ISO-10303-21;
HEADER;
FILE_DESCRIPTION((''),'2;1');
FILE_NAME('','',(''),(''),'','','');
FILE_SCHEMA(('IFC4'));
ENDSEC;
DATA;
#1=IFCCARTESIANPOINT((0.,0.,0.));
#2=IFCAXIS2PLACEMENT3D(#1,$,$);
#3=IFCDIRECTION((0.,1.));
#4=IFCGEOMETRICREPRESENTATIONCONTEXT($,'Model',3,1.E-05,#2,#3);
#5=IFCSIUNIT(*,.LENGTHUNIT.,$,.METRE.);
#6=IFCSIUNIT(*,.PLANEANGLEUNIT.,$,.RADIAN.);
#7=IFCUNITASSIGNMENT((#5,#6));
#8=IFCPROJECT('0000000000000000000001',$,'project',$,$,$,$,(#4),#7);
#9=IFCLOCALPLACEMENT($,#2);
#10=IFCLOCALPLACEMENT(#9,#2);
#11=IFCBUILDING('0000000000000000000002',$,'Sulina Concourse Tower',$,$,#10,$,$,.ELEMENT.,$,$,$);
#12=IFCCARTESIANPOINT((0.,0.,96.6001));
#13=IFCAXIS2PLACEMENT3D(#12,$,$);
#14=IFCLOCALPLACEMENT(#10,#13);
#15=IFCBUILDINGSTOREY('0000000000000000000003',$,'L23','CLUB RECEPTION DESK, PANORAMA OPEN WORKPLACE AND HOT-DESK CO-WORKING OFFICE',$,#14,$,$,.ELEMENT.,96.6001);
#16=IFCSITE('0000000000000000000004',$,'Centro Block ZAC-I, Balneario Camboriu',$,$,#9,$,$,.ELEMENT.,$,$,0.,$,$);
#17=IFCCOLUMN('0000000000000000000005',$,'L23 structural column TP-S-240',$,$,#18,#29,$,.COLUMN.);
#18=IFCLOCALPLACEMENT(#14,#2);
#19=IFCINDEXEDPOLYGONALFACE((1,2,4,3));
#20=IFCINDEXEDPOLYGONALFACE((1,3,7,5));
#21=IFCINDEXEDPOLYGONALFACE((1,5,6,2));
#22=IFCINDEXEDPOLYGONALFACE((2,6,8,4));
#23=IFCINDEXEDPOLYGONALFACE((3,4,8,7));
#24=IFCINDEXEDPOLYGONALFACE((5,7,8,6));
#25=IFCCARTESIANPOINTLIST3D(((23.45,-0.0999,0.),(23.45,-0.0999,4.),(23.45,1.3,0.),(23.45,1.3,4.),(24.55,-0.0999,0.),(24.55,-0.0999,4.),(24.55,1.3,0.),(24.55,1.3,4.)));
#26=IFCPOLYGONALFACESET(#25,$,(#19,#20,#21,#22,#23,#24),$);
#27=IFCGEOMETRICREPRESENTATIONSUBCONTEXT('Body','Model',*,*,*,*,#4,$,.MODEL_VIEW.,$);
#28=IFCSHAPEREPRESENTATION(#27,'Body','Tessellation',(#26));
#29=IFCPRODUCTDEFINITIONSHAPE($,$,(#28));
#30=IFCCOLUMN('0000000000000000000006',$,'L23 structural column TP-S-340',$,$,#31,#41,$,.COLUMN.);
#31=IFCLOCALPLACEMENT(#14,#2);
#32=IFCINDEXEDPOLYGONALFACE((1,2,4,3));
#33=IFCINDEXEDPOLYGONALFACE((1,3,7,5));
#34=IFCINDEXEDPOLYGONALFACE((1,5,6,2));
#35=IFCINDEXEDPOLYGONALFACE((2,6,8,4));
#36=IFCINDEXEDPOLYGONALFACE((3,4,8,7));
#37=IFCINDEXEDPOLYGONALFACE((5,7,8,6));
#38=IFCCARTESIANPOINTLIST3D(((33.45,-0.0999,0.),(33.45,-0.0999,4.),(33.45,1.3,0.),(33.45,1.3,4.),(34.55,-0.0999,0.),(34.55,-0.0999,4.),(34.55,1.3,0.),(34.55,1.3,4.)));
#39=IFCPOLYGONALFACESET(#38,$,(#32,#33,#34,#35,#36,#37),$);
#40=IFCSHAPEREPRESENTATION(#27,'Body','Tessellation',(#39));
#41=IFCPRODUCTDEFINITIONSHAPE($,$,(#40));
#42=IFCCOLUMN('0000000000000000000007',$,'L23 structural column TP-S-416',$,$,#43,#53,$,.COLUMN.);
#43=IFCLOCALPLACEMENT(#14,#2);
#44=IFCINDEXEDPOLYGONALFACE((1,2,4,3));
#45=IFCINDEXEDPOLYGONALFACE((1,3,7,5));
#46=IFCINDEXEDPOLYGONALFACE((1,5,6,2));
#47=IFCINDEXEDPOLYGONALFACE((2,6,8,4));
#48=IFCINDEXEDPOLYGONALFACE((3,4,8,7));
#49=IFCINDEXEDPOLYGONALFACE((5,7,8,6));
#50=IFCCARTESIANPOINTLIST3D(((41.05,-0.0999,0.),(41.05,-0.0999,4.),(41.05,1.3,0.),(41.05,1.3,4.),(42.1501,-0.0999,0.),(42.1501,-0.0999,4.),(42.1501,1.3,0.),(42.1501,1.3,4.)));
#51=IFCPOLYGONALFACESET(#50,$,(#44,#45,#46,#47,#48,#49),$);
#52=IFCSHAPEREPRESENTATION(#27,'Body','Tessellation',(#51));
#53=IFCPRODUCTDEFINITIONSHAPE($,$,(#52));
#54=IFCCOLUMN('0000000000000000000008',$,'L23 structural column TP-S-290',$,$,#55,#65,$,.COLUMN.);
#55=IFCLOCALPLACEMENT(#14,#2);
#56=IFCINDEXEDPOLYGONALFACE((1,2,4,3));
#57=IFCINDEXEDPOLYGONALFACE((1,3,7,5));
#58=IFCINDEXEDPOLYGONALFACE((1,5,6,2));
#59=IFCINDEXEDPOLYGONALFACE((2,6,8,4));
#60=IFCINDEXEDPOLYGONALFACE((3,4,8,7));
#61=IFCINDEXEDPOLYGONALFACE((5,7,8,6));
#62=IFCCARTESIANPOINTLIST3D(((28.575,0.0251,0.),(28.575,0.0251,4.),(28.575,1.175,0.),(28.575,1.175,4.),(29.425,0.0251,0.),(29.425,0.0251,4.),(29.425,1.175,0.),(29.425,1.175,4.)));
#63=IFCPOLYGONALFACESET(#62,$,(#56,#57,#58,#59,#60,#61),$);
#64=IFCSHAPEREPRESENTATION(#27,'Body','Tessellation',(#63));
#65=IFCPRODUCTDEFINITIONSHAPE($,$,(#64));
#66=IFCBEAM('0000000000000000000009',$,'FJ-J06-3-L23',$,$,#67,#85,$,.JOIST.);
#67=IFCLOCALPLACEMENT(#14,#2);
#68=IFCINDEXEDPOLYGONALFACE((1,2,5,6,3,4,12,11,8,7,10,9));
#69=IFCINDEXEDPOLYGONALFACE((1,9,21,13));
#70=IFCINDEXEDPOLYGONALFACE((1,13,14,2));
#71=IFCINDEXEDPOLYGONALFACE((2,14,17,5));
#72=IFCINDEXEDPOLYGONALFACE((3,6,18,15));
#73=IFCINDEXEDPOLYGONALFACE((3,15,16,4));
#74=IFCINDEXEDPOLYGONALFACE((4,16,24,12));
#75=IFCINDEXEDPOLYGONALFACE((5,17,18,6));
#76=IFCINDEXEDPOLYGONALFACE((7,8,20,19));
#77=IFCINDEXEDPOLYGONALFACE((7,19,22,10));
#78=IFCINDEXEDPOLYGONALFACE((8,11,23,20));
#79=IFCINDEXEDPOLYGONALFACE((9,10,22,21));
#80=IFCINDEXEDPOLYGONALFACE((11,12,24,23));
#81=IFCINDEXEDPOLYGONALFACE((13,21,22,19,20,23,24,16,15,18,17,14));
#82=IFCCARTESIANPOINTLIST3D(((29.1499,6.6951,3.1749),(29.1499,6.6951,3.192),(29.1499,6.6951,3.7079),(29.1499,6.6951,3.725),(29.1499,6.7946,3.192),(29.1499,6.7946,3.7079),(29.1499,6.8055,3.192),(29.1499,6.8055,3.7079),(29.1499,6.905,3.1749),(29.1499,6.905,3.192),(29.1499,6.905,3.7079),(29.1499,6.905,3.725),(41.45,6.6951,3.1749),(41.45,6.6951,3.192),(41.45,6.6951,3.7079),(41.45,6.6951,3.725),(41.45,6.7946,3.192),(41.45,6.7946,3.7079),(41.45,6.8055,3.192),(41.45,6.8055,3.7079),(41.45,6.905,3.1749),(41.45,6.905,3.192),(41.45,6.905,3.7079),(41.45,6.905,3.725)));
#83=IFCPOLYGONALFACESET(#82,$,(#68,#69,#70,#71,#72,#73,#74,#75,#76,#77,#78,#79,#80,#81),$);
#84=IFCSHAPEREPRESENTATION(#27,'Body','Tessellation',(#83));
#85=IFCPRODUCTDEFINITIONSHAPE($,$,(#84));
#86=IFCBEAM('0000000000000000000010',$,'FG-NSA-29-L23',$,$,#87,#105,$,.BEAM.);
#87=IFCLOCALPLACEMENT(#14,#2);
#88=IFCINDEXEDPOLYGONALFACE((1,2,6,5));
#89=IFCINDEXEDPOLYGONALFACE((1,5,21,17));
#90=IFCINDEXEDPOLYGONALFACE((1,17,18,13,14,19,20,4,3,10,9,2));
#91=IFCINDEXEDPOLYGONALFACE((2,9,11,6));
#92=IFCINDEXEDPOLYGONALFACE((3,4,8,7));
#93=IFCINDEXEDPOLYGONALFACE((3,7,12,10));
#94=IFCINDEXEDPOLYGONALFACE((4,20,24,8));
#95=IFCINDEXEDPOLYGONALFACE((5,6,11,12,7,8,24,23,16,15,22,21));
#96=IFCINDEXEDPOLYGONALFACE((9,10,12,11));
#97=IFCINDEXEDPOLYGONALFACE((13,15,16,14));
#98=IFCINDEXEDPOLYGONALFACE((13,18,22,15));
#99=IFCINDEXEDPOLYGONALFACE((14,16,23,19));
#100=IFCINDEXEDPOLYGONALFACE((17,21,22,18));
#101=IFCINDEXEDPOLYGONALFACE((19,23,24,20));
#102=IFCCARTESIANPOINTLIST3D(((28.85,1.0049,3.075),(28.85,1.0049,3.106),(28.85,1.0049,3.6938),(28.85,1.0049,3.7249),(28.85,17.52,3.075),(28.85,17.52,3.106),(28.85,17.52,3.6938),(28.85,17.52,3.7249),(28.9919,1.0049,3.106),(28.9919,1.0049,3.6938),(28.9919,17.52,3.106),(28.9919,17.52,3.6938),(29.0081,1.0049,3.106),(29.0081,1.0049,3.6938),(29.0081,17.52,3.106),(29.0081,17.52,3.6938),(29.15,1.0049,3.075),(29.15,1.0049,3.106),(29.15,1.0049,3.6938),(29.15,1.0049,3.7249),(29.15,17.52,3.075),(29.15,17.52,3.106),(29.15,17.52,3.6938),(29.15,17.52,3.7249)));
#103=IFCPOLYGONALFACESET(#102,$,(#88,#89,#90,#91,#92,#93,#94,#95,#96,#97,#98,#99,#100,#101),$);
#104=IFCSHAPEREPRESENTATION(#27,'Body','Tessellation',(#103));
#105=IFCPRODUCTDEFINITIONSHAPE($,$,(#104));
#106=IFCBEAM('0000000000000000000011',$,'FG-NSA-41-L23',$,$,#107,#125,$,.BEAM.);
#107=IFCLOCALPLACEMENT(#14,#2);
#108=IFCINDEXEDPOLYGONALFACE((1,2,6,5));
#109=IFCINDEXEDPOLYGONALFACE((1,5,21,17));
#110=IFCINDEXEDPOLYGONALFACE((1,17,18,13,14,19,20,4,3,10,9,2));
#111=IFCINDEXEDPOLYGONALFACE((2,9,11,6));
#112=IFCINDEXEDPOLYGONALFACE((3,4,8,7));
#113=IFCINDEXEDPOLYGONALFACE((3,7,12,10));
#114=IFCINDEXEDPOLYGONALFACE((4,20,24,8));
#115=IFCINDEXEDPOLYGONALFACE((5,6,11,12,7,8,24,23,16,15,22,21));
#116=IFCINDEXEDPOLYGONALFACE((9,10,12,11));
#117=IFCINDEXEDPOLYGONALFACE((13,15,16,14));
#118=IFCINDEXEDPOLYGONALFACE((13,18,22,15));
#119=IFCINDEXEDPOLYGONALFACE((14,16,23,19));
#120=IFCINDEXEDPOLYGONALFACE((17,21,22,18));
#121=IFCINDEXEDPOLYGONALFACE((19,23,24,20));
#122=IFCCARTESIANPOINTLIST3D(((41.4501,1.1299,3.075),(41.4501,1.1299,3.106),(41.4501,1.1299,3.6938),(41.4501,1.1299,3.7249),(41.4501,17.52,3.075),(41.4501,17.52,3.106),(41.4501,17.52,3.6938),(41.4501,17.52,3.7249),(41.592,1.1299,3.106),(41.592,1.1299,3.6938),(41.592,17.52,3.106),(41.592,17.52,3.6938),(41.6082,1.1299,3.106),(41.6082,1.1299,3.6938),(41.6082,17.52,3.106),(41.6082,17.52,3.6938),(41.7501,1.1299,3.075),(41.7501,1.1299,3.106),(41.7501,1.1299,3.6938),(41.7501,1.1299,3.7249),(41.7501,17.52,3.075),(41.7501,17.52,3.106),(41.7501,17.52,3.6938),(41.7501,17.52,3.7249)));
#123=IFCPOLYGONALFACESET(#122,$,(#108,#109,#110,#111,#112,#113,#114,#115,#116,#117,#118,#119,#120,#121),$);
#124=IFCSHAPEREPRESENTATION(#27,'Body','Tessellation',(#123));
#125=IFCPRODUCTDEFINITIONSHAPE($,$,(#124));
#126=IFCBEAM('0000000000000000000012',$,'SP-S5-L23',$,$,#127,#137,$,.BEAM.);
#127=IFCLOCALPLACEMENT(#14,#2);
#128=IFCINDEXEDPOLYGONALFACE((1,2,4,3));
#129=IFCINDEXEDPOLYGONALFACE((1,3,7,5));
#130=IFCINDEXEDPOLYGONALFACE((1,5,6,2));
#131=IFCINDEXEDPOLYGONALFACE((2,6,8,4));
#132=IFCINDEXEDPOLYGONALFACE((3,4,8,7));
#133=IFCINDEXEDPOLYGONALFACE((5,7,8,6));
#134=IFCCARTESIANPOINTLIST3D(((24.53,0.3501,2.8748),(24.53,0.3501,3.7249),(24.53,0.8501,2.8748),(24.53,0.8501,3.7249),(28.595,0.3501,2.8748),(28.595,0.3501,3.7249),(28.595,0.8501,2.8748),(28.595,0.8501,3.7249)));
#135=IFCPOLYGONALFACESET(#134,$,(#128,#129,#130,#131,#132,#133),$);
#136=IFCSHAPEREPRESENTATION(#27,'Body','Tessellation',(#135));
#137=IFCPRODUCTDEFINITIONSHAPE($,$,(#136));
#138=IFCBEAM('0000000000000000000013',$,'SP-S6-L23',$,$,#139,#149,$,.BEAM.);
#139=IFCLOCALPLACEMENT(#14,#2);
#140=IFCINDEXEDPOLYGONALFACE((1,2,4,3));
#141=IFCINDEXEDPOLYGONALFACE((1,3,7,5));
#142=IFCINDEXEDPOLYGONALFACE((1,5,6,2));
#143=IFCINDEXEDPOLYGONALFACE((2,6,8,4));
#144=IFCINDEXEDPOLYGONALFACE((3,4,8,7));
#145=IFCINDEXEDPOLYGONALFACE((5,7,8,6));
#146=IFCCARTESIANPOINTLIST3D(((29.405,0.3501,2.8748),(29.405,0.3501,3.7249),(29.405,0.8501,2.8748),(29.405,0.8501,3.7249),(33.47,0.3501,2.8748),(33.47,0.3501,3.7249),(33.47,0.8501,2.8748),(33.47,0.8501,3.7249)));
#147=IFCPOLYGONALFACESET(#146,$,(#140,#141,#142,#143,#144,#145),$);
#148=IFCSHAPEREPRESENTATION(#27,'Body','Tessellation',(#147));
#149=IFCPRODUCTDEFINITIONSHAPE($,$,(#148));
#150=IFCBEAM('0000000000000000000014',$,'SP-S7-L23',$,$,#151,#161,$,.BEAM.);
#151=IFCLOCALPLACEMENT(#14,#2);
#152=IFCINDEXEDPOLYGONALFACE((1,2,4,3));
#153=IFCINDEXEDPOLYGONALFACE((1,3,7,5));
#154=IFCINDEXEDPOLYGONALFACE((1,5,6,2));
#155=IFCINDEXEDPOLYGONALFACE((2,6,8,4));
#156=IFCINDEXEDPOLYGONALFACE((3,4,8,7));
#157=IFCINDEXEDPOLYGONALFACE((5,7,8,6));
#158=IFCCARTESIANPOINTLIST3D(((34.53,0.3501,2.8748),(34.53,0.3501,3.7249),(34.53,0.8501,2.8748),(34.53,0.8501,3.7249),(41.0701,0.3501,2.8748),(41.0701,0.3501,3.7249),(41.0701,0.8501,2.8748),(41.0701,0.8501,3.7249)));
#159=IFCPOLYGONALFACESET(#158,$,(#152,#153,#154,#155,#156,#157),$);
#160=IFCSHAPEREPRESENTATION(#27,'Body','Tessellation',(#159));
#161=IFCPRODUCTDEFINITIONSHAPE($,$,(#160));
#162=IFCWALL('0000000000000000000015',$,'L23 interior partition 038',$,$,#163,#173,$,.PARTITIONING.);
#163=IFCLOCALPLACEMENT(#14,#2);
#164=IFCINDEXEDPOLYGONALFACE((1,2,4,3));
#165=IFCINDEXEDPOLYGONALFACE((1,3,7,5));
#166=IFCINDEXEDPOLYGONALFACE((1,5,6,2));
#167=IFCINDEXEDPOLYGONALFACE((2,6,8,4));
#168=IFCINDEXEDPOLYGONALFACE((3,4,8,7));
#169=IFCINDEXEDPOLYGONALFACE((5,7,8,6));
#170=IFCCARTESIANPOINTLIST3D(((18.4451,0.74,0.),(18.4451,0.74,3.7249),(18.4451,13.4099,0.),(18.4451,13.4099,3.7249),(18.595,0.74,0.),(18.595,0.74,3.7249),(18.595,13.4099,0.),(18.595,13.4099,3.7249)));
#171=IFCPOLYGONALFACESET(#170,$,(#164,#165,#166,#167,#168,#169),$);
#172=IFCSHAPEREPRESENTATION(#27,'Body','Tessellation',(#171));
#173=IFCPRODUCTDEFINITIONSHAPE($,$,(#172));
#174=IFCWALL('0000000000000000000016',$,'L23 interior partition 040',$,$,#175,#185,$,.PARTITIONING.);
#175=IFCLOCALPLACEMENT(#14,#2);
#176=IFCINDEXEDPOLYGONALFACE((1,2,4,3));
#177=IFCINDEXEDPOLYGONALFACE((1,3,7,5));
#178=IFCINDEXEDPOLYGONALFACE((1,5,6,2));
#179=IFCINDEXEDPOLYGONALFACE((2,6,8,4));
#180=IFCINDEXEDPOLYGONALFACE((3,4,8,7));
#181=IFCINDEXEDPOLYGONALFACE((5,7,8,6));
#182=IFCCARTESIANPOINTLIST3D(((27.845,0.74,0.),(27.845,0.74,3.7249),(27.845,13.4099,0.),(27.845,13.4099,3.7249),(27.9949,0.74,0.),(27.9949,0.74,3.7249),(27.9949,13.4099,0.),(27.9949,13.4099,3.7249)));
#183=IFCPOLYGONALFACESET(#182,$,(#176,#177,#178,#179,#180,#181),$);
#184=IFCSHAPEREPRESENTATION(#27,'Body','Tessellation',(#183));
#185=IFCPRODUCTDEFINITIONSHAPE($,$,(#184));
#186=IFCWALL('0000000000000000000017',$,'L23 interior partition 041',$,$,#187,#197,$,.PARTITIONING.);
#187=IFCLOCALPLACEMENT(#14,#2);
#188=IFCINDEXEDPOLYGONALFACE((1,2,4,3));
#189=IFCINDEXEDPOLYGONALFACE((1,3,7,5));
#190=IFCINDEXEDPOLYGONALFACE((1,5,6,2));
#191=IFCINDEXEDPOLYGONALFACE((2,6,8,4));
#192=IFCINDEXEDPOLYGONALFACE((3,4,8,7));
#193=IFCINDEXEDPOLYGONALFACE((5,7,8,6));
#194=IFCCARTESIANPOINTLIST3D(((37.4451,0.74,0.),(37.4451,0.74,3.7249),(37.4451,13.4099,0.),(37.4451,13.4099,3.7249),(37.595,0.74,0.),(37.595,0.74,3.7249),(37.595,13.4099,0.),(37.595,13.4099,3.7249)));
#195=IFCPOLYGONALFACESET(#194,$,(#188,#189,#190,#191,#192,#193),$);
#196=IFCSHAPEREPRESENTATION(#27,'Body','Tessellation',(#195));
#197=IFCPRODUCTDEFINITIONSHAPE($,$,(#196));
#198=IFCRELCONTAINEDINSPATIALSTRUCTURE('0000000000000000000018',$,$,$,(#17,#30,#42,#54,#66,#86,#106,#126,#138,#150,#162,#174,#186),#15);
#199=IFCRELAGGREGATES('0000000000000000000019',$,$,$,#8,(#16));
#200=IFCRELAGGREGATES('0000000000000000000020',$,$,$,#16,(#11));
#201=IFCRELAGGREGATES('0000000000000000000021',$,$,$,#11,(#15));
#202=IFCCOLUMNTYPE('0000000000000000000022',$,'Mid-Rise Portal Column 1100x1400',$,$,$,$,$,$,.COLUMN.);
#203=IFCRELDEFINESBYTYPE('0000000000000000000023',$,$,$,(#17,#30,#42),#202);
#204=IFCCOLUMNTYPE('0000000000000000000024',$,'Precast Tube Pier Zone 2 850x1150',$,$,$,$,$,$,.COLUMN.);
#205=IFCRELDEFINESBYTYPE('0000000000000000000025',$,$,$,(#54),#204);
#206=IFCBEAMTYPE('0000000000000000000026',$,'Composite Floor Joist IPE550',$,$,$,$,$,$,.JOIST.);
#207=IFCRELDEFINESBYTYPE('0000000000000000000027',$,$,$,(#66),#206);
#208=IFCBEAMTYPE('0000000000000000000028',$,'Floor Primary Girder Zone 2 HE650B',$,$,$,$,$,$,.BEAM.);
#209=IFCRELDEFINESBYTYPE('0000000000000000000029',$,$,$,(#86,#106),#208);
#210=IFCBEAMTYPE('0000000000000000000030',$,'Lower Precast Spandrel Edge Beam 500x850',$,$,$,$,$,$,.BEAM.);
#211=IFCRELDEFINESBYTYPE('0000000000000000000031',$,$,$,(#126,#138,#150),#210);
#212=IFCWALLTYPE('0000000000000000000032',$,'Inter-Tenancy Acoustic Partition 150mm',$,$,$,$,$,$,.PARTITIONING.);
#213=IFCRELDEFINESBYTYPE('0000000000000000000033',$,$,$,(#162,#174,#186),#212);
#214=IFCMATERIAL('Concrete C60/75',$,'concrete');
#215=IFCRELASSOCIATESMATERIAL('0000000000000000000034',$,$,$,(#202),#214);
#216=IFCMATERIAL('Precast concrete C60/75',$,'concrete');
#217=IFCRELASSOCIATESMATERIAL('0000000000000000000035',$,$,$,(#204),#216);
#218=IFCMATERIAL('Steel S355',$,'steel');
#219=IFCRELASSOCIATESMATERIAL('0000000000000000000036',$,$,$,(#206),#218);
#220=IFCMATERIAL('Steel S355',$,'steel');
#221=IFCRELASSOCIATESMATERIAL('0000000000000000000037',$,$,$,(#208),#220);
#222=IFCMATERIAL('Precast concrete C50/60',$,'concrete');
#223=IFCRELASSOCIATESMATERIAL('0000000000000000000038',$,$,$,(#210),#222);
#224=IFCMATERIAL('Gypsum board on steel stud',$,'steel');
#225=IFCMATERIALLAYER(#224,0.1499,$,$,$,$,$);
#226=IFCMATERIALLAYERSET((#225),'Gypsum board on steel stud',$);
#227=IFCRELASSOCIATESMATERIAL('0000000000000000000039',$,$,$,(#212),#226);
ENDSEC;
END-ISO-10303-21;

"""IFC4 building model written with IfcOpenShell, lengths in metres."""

from ifc_helpers import new_model, si_unit, direction, frame, frame_2d, origin, origin_2d, place, context, subcontext, project, spatial, rectangle, i_section, extrude, material, layer, layer_set, material_profile, profile_set, type_object, element, save


model = new_model("IFC4")

# Units and contexts
model_context = context("Model", 3, precision=1e-05, world=origin(), true_north=direction((0.0, 1.0)))
body_context = subcontext(model_context, "Body", "Model", "MODEL_VIEW")
ifc_project = project(units=[si_unit("LENGTHUNIT", "METRE"), si_unit("PLANEANGLEUNIT", "RADIAN")], contexts=[model_context])

# Site, building, storey
site_placement = place(None, origin())
site = spatial("IfcSite", under=ifc_project, at=site_placement, Name="Centro Block ZAC-I, Balneario Camboriu", CompositionType="ELEMENT", RefElevation=0.0)
building_placement = place(site_placement, origin())
building = spatial("IfcBuilding", under=site, at=building_placement, Name="Sulina Concourse Tower", CompositionType="ELEMENT")
storey_placement = place(building_placement, frame((0.0, 0.0, 96.6001)))
storey = spatial("IfcBuildingStorey", under=building, at=storey_placement, Name="L23", Description="CLUB RECEPTION DESK, PANORAMA OPEN WORKPLACE AND HOT-DESK CO-WORKING OFFICE", CompositionType="ELEMENT", Elevation=96.6001)

# Columns
ifc_material_1 = material(Name="Concrete C60/75", Category="concrete")
ifc_material_profile_1 = material_profile(ifc_material_1, rectangle(XDim=1.1001, YDim=1.3999, at=origin_2d()), Name="RC 1100x1400")
ifc_profile_set_1 = profile_set([ifc_material_profile_1], Name="Concrete C60/75")
column_type_1 = type_object("IfcColumnType", Name="Mid-Rise Portal Column 1100x1400", PredefinedType="COLUMN", material=ifc_profile_set_1)
for number, where, z_axis, x_axis, name in (
    (1, (24.0, 0.6001, 0.0), (0.0, 0.0, 1.0), (1.0, 0.0, 0.0), "L23 structural column TP-S-240"),
    (2, (34.0, 0.6001, 0.0), (0.0, 0.0, 1.0), (1.0, 0.0, 0.0), "L23 structural column TP-S-340"),
    (3, (41.6001, 0.6001, 0.0), (0.0, 0.0, 1.0), (1.0, 0.0, 0.0), "L23 structural column TP-S-416"),
):
    element("IfcColumn", number, at=place(storey_placement, frame(where, z_axis=z_axis, x_axis=x_axis)), inside=storey, type_object=column_type_1, Name=name, PredefinedType="COLUMN", context=body_context, shape_type="SweptSolid", body=[
        extrude(rectangle(XDim=1.1001, YDim=1.3999, at=origin_2d()), origin(), (0.0, 0.0, 1.0), 4.0),
    ])
ifc_material_2 = material(Name="Precast concrete C60/75", Category="concrete")
ifc_material_profile_2 = material_profile(ifc_material_2, rectangle(XDim=0.8501, YDim=1.1499, at=origin_2d()), Name="PC 850x1150")
ifc_profile_set_2 = profile_set([ifc_material_profile_2], Name="Precast concrete C60/75")
column_type_2 = type_object("IfcColumnType", Name="Precast Tube Pier Zone 2 850x1150", PredefinedType="COLUMN", material=ifc_profile_set_2)
column_placement = place(storey_placement, frame((29.0, 0.6001, 0.0), z_axis=(0.0, 0.0, 1.0), x_axis=(1.0, 0.0, 0.0)))
element("IfcColumn", 4, at=column_placement, inside=storey, type_object=column_type_2, Name="L23 structural column TP-S-290", PredefinedType="COLUMN", context=body_context, shape_type="SweptSolid", body=[
    extrude(rectangle(XDim=0.8501, YDim=1.1499, at=origin_2d()), origin(), (0.0, 0.0, 1.0), 4.0),
])

# Beams
ifc_material_3 = material(Name="Steel S355", Category="steel")
ifc_material_profile_3 = material_profile(ifc_material_3, i_section(OverallWidth=0.21, OverallDepth=0.55, WebThickness=0.011, FlangeThickness=0.0171, at=origin_2d()), Name="IPE 550")
ifc_profile_set_3 = profile_set([ifc_material_profile_3], Name="Steel S355")
beam_type_1 = type_object("IfcBeamType", Name="Composite Floor Joist IPE550", PredefinedType="JOIST", material=ifc_profile_set_3)
beam_1_placement = place(storey_placement, frame((29.1499, 6.8, 3.45), z_axis=(1.0, 0.0, 0.0), x_axis=(0.0, 1.0, 0.0)))
element("IfcBeam", 5, at=beam_1_placement, inside=storey, type_object=beam_type_1, Name="FJ-J06-3-L23", PredefinedType="JOIST", context=body_context, shape_type="SweptSolid", body=[
    extrude(i_section(OverallWidth=0.21, OverallDepth=0.55, WebThickness=0.011, FlangeThickness=0.0171, at=origin_2d()), origin(), (0.0, 0.0, 1.0), 12.3),
])
ifc_material_4 = material(Name="Steel S355", Category="steel")
ifc_material_profile_4 = material_profile(ifc_material_4, i_section(OverallWidth=0.3, OverallDepth=0.6499, WebThickness=0.0161, FlangeThickness=0.031, at=origin_2d()), Name="HE 650 B")
ifc_profile_set_4 = profile_set([ifc_material_profile_4], Name="Steel S355")
beam_type_2 = type_object("IfcBeamType", Name="Floor Primary Girder Zone 2 HE650B", PredefinedType="BEAM", material=ifc_profile_set_4)
beam_2_placement = place(storey_placement, frame((29.0, 1.0049, 3.3999), z_axis=(0.0, 1.0, 0.0), x_axis=(-1.0, 0.0, 0.0)))
element("IfcBeam", 6, at=beam_2_placement, inside=storey, type_object=beam_type_2, Name="FG-NSA-29-L23", PredefinedType="BEAM", context=body_context, shape_type="SweptSolid", body=[
    extrude(i_section(OverallWidth=0.3, OverallDepth=0.6499, WebThickness=0.0161, FlangeThickness=0.031, at=origin_2d()), origin(), (0.0, 0.0, 1.0), 16.5151),
])
beam_3_placement = place(storey_placement, frame((41.6001, 1.1299, 3.3999), z_axis=(0.0, 1.0, 0.0), x_axis=(-1.0, 0.0, 0.0)))
element("IfcBeam", 7, at=beam_3_placement, inside=storey, type_object=beam_type_2, Name="FG-NSA-41-L23", PredefinedType="BEAM", context=body_context, shape_type="SweptSolid", body=[
    extrude(i_section(OverallWidth=0.3, OverallDepth=0.6499, WebThickness=0.0161, FlangeThickness=0.031, at=origin_2d()), origin(), (0.0, 0.0, 1.0), 16.3901),
])
ifc_material_5 = material(Name="Precast concrete C50/60", Category="concrete")
ifc_material_profile_5 = material_profile(ifc_material_5, rectangle(XDim=0.5, YDim=0.8501, at=origin_2d()), Name="RC 500x850")
ifc_profile_set_5 = profile_set([ifc_material_profile_5], Name="Precast concrete C50/60")
beam_type_3 = type_object("IfcBeamType", Name="Lower Precast Spandrel Edge Beam 500x850", PredefinedType="BEAM", material=ifc_profile_set_5)
for number, where, z_axis, x_axis, name in (
    (8, (24.53, 0.6001, 3.2998), (1.0, 0.0, 0.0), (0.0, 1.0, 0.0), "SP-S5-L23"),
    (9, (29.405, 0.6001, 3.2998), (1.0, 0.0, 0.0), (0.0, 1.0, 0.0), "SP-S6-L23"),
):
    element("IfcBeam", number, at=place(storey_placement, frame(where, z_axis=z_axis, x_axis=x_axis)), inside=storey, type_object=beam_type_3, Name=name, PredefinedType="BEAM", context=body_context, shape_type="SweptSolid", body=[
        extrude(rectangle(XDim=0.5, YDim=0.8501, at=origin_2d()), origin(), (0.0, 0.0, 1.0), 4.0649),
    ])
beam_4_placement = place(storey_placement, frame((34.53, 0.6001, 3.2998), z_axis=(1.0, 0.0, 0.0), x_axis=(0.0, 1.0, 0.0)))
element("IfcBeam", 10, at=beam_4_placement, inside=storey, type_object=beam_type_3, Name="SP-S7-L23", PredefinedType="BEAM", context=body_context, shape_type="SweptSolid", body=[
    extrude(rectangle(XDim=0.5, YDim=0.8501, at=origin_2d()), origin(), (0.0, 0.0, 1.0), 6.54),
])

# Walls
ifc_material_6 = material(Name="Gypsum board on steel stud", Category="steel")
ifc_layer_1 = layer(ifc_material_6, 0.1499)
ifc_layer_set_1 = layer_set([ifc_layer_1], Name="Gypsum board on steel stud")
wall_type_1 = type_object("IfcWallType", Name="Inter-Tenancy Acoustic Partition 150mm", PredefinedType="PARTITIONING", material=ifc_layer_set_1)
for number, where, z_axis, x_axis, name in (
    (11, (18.52, 0.74, 0.0), (0.0, 0.0, 1.0), (0.0, 1.0, 0.0), "L23 interior partition 038"),
    (12, (27.9199, 0.74, 0.0), (0.0, 0.0, 1.0), (0.0, 1.0, 0.0), "L23 interior partition 040"),
    (13, (37.52, 0.74, 0.0), (0.0, 0.0, 1.0), (0.0, 1.0, 0.0), "L23 interior partition 041"),
):
    element("IfcWall", number, at=place(storey_placement, frame(where, z_axis=z_axis, x_axis=x_axis)), inside=storey, type_object=wall_type_1, Name=name, PredefinedType="PARTITIONING", context=body_context, shape_type="SweptSolid", body=[
        extrude(rectangle(XDim=12.6699, YDim=0.1499, at=frame_2d((6.335, 0.0))), origin(), (0.0, 0.0, 1.0), 3.7249),
    ])

save(model, "model.ifc")
